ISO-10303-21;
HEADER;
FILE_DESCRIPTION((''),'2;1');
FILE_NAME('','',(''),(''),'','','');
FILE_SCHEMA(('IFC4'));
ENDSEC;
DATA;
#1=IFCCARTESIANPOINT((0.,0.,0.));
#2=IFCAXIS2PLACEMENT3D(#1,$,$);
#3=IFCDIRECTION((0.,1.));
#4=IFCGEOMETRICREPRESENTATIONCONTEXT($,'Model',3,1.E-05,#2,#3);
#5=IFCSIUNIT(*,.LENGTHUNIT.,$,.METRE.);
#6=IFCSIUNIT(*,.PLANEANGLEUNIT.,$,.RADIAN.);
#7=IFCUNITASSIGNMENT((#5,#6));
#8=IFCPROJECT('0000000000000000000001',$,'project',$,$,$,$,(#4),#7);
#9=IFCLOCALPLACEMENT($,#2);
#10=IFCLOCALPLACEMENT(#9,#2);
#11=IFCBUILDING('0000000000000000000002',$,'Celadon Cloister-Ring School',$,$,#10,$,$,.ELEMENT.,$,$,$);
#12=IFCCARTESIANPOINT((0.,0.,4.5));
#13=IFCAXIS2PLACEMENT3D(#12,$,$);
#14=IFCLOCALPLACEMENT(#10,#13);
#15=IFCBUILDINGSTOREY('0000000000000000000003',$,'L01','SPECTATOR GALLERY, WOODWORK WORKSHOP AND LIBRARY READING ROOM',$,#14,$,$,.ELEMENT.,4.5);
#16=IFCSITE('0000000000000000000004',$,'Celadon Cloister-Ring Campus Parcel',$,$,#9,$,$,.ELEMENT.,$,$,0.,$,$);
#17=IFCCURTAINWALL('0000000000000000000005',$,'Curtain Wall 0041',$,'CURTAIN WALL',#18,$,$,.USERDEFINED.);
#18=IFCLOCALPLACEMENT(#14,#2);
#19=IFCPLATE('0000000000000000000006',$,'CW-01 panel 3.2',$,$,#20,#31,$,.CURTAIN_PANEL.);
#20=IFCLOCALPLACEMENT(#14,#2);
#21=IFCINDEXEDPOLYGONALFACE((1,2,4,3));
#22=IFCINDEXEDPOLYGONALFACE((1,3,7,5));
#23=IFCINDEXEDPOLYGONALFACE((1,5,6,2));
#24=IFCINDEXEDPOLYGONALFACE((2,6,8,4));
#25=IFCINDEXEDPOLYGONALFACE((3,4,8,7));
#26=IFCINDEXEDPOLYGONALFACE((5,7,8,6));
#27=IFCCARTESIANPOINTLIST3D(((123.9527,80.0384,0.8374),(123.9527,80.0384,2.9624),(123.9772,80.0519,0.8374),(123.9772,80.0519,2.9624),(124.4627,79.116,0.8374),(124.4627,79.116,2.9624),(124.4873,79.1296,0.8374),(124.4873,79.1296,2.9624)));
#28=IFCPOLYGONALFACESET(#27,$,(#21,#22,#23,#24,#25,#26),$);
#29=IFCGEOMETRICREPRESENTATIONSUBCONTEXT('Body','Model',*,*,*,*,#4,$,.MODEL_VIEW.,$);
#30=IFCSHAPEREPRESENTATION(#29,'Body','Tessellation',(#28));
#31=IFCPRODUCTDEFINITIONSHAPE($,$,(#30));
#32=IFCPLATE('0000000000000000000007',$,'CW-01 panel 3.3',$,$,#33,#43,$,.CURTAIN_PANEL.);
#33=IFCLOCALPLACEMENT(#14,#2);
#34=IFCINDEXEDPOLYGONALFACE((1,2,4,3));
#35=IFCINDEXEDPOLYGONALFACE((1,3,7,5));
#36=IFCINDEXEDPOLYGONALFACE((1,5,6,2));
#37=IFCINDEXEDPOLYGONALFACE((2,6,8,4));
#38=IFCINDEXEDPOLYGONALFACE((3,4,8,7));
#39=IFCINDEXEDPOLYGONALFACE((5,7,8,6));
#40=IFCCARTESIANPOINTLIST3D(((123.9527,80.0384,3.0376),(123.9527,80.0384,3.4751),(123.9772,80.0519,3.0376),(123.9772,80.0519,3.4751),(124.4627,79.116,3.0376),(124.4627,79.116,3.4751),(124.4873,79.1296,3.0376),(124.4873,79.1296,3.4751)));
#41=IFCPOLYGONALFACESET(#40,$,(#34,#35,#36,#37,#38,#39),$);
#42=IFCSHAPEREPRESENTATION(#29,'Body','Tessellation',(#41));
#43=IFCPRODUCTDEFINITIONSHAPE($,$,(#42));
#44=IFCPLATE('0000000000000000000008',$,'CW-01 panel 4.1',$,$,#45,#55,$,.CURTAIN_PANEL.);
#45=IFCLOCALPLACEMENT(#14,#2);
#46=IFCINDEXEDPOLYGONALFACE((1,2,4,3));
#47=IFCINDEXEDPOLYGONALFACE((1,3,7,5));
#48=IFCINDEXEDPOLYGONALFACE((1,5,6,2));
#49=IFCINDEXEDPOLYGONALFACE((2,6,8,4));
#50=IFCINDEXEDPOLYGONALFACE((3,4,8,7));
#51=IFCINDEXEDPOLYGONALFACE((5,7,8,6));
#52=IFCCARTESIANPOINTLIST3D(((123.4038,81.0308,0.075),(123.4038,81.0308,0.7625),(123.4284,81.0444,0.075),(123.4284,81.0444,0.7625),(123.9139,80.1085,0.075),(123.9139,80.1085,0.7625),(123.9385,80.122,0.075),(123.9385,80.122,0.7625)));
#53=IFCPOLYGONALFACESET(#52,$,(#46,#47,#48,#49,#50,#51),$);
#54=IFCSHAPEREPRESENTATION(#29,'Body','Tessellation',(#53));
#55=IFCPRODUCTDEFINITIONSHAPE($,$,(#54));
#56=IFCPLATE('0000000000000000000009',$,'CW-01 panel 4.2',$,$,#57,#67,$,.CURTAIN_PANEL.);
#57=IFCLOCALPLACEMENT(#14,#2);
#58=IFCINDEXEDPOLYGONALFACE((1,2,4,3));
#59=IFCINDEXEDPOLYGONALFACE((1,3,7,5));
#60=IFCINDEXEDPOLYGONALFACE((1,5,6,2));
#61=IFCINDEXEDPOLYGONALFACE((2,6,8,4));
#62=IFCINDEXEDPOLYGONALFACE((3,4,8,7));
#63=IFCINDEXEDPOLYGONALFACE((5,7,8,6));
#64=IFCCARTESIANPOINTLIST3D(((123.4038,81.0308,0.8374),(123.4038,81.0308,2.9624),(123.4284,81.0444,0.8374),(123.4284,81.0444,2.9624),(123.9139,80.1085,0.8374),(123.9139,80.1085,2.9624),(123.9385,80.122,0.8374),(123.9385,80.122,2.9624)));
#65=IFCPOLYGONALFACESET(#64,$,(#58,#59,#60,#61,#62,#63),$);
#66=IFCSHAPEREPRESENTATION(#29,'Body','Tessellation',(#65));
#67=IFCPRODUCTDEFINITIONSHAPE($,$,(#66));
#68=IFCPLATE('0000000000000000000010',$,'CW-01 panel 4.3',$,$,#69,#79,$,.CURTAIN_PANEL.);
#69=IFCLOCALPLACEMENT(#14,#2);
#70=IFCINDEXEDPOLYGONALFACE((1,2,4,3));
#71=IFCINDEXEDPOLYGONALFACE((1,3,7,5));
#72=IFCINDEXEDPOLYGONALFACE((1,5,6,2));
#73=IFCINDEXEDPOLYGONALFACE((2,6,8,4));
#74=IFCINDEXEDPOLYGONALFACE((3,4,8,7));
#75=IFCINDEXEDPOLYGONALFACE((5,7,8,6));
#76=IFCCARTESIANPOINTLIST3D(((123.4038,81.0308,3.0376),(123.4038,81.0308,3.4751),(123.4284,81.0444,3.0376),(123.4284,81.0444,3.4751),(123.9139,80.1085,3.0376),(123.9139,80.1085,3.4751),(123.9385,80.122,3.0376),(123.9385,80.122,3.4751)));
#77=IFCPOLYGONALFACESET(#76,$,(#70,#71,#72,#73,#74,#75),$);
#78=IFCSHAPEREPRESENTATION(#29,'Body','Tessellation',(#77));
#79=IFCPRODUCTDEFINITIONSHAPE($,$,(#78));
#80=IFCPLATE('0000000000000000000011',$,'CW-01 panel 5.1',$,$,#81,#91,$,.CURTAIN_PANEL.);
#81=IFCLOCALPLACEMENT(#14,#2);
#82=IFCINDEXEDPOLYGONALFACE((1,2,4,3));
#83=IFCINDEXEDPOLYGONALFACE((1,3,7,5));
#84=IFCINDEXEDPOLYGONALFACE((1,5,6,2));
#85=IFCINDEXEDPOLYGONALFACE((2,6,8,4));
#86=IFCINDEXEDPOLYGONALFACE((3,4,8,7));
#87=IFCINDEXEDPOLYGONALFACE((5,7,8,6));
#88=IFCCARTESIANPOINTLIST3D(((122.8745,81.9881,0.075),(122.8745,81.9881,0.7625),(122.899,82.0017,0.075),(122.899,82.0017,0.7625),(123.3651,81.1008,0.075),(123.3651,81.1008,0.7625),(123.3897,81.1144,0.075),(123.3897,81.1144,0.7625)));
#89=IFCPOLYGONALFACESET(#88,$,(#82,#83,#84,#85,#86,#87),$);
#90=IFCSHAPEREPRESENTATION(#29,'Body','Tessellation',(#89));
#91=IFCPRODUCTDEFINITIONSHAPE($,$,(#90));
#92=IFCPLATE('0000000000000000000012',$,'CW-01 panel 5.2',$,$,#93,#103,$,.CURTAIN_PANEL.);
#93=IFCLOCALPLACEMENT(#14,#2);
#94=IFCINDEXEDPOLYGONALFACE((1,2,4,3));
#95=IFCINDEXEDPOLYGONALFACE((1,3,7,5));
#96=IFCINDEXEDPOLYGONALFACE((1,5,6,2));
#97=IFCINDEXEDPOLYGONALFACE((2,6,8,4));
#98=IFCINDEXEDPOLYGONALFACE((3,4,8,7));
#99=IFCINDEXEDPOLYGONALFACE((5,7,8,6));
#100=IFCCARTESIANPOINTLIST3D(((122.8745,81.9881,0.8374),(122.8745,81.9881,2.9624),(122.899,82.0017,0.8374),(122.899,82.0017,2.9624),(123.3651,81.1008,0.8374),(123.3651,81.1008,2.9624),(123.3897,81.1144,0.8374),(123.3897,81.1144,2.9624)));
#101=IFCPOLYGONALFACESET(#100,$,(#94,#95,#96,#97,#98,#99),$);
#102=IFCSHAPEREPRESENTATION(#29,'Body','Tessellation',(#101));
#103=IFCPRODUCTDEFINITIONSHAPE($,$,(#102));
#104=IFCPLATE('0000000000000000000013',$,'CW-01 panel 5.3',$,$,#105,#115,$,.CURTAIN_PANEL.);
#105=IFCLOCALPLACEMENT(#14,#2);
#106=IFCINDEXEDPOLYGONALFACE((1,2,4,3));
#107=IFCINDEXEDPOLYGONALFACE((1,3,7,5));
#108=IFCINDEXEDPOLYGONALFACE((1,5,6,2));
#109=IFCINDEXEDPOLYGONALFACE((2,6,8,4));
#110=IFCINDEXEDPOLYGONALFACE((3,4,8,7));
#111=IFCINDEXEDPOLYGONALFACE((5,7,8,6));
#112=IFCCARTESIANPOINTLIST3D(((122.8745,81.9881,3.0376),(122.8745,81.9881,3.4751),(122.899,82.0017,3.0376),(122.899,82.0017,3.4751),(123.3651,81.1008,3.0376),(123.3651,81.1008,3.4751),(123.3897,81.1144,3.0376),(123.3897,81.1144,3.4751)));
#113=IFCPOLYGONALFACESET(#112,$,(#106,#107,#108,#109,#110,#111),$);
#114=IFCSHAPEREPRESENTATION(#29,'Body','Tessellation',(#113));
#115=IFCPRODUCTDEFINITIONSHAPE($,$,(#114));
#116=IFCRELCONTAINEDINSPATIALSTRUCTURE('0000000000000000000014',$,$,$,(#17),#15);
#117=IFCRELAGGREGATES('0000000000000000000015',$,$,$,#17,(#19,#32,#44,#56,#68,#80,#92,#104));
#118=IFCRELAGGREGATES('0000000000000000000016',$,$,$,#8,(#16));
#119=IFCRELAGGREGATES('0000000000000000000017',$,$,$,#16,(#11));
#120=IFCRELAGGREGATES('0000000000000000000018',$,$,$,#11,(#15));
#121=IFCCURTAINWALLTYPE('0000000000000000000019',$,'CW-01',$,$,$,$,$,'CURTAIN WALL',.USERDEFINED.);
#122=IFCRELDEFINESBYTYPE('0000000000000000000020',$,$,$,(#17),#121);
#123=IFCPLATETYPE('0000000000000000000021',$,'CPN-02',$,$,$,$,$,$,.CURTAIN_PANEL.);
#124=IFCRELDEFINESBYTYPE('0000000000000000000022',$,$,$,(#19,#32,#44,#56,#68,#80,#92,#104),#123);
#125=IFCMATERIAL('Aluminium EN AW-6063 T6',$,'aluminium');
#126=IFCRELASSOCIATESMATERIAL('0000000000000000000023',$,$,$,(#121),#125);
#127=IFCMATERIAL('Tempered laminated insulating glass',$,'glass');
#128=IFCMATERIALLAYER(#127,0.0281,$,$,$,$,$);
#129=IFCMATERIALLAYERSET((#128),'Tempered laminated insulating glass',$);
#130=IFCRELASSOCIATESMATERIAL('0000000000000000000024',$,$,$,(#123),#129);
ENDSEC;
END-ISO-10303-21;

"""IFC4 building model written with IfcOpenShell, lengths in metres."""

from ifc_helpers import new_model, si_unit, direction, frame, origin, origin_2d, place, context, subcontext, project, spatial, rectangle, extrude, material, layer, layer_set, type_object, element, aggregate, save


model = new_model("IFC4")

# Units and contexts
model_context = context("Model", 3, precision=1e-05, world=origin(), true_north=direction((0.0, 1.0)))
body_context = subcontext(model_context, "Body", "Model", "MODEL_VIEW")
ifc_project = project(units=[si_unit("LENGTHUNIT", "METRE"), si_unit("PLANEANGLEUNIT", "RADIAN")], contexts=[model_context])

# Site, building, storey
site_placement = place(None, origin())
site = spatial("IfcSite", under=ifc_project, at=site_placement, Name="Celadon Cloister-Ring Campus Parcel", CompositionType="ELEMENT", RefElevation=0.0)
building_placement = place(site_placement, origin())
building = spatial("IfcBuilding", under=site, at=building_placement, Name="Celadon Cloister-Ring School", CompositionType="ELEMENT")
storey_placement = place(building_placement, frame((0.0, 0.0, 4.5)))
storey = spatial("IfcBuildingStorey", under=building, at=storey_placement, Name="L01", Description="SPECTATOR GALLERY, WOODWORK WORKSHOP AND LIBRARY READING ROOM", CompositionType="ELEMENT", Elevation=4.5)

# Curtain wall
ifc_material_1 = material(Name="Aluminium EN AW-6063 T6", Category="aluminium")
curtain_wall_type = type_object("IfcCurtainWallType", Name="CW-01", ElementType="CURTAIN WALL", PredefinedType="USERDEFINED", material=ifc_material_1)
curtain_wall_placement = place(storey_placement, origin())
curtain_wall = element("IfcCurtainWall", 1, at=curtain_wall_placement, inside=storey, type_object=curtain_wall_type, Name="Curtain Wall 0041", ObjectType="CURTAIN WALL", PredefinedType="USERDEFINED")

# Plates
ifc_material_2 = material(Name="Tempered laminated insulating glass", Category="glass")
ifc_layer = layer(ifc_material_2, 0.0281)
ifc_layer_set = layer_set([ifc_layer], Name="Tempered laminated insulating glass")
plate_type = type_object("IfcPlateType", Name="CPN-02", PredefinedType="CURTAIN_PANEL", material=ifc_layer_set)
plate_1_placement = place(storey_placement, frame((124.22, 79.584, 0.8374), z_axis=(0.0, 0.0, 1.0), x_axis=(-0.483935, 0.875104, 0.0)))
plate_1 = element("IfcPlate", 2, at=plate_1_placement, type_object=plate_type, Name="CW-01 panel 3.2", PredefinedType="CURTAIN_PANEL", context=body_context, shape_type="SweptSolid", body=[
    extrude(rectangle(XDim=1.054, YDim=0.0281, at=origin_2d()), origin(), (0.0, 0.0, 1.0), 2.125),
])
plate_2_placement = place(storey_placement, frame((124.22, 79.584, 3.0376), z_axis=(0.0, 0.0, 1.0), x_axis=(-0.483935, 0.875104, 0.0)))
plate_2 = element("IfcPlate", 3, at=plate_2_placement, type_object=plate_type, Name="CW-01 panel 3.3", PredefinedType="CURTAIN_PANEL", context=body_context, shape_type="SweptSolid", body=[
    extrude(rectangle(XDim=1.054, YDim=0.0281, at=origin_2d()), origin(), (0.0, 0.0, 1.0), 0.4375),
])
plate_3_placement = place(storey_placement, frame((123.6711, 80.5764, 0.075), z_axis=(0.0, 0.0, 1.0), x_axis=(-0.483935, 0.875104, 0.0)))
plate_3 = element("IfcPlate", 4, at=plate_3_placement, type_object=plate_type, Name="CW-01 panel 4.1", PredefinedType="CURTAIN_PANEL", context=body_context, shape_type="SweptSolid", body=[
    extrude(rectangle(XDim=1.054, YDim=0.0281, at=origin_2d()), origin(), (0.0, 0.0, 1.0), 0.6875),
])
plate_4_placement = place(storey_placement, frame((123.6711, 80.5764, 0.8374), z_axis=(0.0, 0.0, 1.0), x_axis=(-0.483935, 0.875104, 0.0)))
plate_4 = element("IfcPlate", 5, at=plate_4_placement, type_object=plate_type, Name="CW-01 panel 4.2", PredefinedType="CURTAIN_PANEL", context=body_context, shape_type="SweptSolid", body=[
    extrude(rectangle(XDim=1.054, YDim=0.0281, at=origin_2d()), origin(), (0.0, 0.0, 1.0), 2.125),
])
plate_5_placement = place(storey_placement, frame((123.6711, 80.5764, 3.0376), z_axis=(0.0, 0.0, 1.0), x_axis=(-0.483935, 0.875104, 0.0)))
plate_5 = element("IfcPlate", 6, at=plate_5_placement, type_object=plate_type, Name="CW-01 panel 4.3", PredefinedType="CURTAIN_PANEL", context=body_context, shape_type="SweptSolid", body=[
    extrude(rectangle(XDim=1.054, YDim=0.0281, at=origin_2d()), origin(), (0.0, 0.0, 1.0), 0.4375),
])
plate_6_placement = place(storey_placement, frame((123.1321, 81.5513, 0.075), z_axis=(0.0, 0.0, 1.0), x_axis=(-0.483935, 0.875104, 0.0)))
plate_6 = element("IfcPlate", 7, at=plate_6_placement, type_object=plate_type, Name="CW-01 panel 5.1", PredefinedType="CURTAIN_PANEL", context=body_context, shape_type="SweptSolid", body=[
    extrude(rectangle(XDim=1.0139, YDim=0.0281, at=origin_2d()), origin(), (0.0, 0.0, 1.0), 0.6875),
])
plate_7_placement = place(storey_placement, frame((123.1321, 81.5513, 0.8374), z_axis=(0.0, 0.0, 1.0), x_axis=(-0.483935, 0.875104, 0.0)))
plate_7 = element("IfcPlate", 8, at=plate_7_placement, type_object=plate_type, Name="CW-01 panel 5.2", PredefinedType="CURTAIN_PANEL", context=body_context, shape_type="SweptSolid", body=[
    extrude(rectangle(XDim=1.0139, YDim=0.0281, at=origin_2d()), origin(), (0.0, 0.0, 1.0), 2.125),
])
plate_8_placement = place(storey_placement, frame((123.1321, 81.5513, 3.0376), z_axis=(0.0, 0.0, 1.0), x_axis=(-0.483935, 0.875104, 0.0)))
plate_8 = element("IfcPlate", 9, at=plate_8_placement, type_object=plate_type, Name="CW-01 panel 5.3", PredefinedType="CURTAIN_PANEL", context=body_context, shape_type="SweptSolid", body=[
    extrude(rectangle(XDim=1.0139, YDim=0.0281, at=origin_2d()), origin(), (0.0, 0.0, 1.0), 0.4375),
])
aggregate(curtain_wall, [plate_1, plate_2, plate_3, plate_4, plate_5, plate_6, plate_7, plate_8])

save(model, "model.ifc")
